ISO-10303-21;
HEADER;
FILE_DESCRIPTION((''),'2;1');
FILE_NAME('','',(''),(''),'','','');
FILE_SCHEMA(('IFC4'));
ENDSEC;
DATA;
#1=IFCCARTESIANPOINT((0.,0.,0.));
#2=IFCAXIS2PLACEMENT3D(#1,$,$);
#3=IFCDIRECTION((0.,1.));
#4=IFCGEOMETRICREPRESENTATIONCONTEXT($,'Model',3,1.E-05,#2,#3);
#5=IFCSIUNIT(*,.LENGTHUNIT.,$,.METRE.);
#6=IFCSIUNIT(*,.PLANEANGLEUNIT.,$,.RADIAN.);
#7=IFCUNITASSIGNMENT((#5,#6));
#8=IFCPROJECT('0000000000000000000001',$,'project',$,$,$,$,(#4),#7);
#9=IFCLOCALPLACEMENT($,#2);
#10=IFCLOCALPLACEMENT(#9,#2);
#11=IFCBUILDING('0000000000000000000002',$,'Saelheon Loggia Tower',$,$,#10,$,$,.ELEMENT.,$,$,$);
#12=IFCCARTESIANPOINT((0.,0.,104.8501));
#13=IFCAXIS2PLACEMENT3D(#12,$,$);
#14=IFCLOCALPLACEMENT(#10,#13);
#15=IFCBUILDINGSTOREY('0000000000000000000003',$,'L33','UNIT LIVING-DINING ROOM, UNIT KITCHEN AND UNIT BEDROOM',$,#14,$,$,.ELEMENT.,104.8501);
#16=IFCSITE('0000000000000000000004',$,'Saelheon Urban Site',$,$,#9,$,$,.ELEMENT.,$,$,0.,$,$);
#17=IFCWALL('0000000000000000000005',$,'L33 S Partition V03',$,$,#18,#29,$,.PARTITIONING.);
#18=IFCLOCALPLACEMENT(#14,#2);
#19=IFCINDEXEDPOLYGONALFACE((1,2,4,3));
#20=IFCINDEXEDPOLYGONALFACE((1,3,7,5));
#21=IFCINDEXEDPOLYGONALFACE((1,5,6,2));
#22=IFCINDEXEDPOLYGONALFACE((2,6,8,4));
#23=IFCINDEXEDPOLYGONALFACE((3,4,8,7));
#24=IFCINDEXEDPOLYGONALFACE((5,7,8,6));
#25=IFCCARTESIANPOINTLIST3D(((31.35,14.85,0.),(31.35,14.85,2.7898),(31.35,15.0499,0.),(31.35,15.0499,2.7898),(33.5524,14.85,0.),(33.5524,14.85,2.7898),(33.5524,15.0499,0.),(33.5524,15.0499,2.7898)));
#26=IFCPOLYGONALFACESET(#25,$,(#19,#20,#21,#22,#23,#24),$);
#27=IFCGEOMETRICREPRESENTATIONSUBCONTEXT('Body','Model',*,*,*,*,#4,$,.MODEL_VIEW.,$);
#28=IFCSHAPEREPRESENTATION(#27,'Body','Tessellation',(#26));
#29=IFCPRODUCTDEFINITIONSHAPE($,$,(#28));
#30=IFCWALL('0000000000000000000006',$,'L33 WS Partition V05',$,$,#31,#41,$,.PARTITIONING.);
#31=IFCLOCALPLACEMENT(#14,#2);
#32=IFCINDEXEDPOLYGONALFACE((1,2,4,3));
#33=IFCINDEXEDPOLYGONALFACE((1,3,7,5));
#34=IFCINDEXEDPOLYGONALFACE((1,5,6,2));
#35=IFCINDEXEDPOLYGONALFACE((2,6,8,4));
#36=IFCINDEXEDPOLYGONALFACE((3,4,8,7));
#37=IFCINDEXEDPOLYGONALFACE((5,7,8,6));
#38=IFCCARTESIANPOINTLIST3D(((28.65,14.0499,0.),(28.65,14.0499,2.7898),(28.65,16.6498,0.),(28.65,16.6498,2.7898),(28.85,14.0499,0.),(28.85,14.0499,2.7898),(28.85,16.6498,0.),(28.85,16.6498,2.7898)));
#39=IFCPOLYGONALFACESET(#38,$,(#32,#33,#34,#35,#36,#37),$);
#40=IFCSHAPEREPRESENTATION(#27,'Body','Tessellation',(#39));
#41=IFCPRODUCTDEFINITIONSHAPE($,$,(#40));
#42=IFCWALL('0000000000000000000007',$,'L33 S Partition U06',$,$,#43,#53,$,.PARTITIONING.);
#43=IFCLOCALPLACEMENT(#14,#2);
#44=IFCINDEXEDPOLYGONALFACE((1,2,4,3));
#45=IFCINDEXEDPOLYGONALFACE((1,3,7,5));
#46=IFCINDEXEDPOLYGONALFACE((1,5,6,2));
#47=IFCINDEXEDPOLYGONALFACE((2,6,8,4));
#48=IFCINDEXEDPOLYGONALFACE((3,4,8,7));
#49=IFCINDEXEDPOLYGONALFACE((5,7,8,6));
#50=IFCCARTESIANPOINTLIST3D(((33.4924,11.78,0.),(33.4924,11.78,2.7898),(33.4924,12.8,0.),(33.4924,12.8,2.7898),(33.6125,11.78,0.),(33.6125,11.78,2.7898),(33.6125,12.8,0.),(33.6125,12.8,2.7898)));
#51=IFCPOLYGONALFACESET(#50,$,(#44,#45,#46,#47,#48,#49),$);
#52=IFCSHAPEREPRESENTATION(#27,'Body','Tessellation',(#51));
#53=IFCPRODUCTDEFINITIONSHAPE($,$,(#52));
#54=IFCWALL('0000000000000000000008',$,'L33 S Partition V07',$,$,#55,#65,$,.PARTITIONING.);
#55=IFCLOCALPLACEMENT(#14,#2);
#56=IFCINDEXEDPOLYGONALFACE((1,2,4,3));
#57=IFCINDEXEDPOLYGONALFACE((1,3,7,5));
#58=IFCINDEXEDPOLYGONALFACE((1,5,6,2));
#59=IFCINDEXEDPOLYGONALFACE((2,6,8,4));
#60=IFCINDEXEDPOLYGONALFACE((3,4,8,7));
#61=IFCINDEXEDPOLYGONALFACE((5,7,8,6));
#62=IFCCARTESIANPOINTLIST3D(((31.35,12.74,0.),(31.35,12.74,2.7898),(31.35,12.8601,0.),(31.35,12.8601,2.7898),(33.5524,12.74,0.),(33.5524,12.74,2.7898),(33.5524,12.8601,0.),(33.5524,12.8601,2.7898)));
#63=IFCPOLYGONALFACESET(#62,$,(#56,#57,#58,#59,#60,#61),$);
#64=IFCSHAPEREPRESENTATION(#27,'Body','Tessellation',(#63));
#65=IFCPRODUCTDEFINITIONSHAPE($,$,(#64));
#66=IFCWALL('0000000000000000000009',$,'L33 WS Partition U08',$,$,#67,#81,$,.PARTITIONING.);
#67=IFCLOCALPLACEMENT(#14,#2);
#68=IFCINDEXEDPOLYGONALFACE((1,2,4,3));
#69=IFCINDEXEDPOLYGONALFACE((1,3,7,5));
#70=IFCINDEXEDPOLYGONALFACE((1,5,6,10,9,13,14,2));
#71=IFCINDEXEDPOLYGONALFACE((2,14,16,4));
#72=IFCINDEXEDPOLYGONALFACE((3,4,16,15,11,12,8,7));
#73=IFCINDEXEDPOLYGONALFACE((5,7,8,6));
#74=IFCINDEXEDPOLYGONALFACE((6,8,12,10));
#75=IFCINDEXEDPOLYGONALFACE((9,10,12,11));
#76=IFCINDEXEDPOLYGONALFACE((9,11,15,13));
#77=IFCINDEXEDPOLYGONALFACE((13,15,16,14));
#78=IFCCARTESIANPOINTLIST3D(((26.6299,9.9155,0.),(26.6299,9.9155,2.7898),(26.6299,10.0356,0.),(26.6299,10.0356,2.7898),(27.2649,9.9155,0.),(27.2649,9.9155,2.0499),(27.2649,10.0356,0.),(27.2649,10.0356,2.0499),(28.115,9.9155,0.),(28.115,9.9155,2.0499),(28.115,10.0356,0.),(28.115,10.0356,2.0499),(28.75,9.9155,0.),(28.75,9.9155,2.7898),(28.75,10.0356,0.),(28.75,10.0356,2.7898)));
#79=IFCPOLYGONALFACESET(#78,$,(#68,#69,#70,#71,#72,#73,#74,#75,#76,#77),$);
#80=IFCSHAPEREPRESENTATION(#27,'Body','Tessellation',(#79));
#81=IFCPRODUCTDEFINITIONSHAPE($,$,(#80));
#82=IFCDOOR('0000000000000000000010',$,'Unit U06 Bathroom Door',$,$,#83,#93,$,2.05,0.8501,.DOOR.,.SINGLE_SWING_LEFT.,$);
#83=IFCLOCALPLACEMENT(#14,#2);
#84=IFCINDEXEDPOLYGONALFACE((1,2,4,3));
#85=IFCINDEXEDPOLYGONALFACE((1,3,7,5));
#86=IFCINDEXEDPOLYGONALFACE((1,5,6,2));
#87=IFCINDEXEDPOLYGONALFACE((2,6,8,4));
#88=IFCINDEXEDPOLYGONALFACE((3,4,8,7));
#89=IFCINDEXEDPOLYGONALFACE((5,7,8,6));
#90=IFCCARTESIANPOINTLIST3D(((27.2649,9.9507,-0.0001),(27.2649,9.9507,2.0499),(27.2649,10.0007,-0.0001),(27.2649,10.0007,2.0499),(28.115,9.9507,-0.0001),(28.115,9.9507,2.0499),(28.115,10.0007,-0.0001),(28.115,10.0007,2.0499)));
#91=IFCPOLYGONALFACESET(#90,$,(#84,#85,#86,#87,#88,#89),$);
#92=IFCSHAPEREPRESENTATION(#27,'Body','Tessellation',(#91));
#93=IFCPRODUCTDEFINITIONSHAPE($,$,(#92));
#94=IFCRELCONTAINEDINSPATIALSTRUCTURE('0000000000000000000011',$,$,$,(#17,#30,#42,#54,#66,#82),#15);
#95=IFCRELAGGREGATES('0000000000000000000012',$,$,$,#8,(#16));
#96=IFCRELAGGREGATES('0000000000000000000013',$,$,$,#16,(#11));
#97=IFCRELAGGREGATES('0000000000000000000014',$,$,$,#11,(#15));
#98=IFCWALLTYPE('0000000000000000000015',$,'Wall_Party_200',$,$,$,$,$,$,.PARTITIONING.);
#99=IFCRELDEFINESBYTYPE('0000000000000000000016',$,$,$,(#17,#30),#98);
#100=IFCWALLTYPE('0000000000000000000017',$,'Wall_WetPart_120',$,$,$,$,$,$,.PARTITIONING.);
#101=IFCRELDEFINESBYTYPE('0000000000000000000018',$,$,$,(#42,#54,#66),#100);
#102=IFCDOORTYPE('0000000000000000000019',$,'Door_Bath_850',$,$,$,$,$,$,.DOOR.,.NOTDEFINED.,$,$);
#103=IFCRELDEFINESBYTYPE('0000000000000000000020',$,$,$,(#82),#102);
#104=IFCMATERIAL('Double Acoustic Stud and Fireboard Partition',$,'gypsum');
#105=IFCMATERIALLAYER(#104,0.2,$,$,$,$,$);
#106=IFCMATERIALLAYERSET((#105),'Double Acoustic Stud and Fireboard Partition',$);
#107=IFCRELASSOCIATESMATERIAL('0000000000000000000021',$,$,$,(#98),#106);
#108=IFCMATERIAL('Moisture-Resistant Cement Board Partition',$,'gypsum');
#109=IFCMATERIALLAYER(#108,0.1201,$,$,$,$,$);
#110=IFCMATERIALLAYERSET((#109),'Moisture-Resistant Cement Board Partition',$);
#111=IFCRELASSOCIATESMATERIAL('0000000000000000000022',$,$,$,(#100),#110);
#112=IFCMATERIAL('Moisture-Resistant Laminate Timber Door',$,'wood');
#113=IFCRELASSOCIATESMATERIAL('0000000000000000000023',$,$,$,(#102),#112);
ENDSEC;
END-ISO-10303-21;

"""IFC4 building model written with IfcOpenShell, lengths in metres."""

from ifc_helpers import new_model, si_unit, direction, frame, frame_2d, origin, place, context, subcontext, project, spatial, rectangle, extrude, source, transform, mapped, material, layer, layer_set, type_object, element, fill, save


model = new_model("IFC4")

# Units and contexts
model_context = context("Model", 3, precision=1e-05, world=origin(), true_north=direction((0.0, 1.0)))
body_context = subcontext(model_context, "Body", "Model", "MODEL_VIEW")
ifc_project = project(units=[si_unit("LENGTHUNIT", "METRE"), si_unit("PLANEANGLEUNIT", "RADIAN")], contexts=[model_context])

# Site, building, storey
site_placement = place(None, origin())
site = spatial("IfcSite", under=ifc_project, at=site_placement, Name="Saelheon Urban Site", CompositionType="ELEMENT", RefElevation=0.0)
building_placement = place(site_placement, origin())
building = spatial("IfcBuilding", under=site, at=building_placement, Name="Saelheon Loggia Tower", CompositionType="ELEMENT")
storey_placement = place(building_placement, frame((0.0, 0.0, 104.8501)))
storey = spatial("IfcBuildingStorey", under=building, at=storey_placement, Name="L33", Description="UNIT LIVING-DINING ROOM, UNIT KITCHEN AND UNIT BEDROOM", CompositionType="ELEMENT", Elevation=104.8501)

# Wall
ifc_material_1 = material(Name="Double Acoustic Stud and Fireboard Partition", Category="gypsum")
ifc_layer_1 = layer(ifc_material_1, 0.2)
ifc_layer_set_1 = layer_set([ifc_layer_1], Name="Double Acoustic Stud and Fireboard Partition")
wall_type_1 = type_object("IfcWallType", Name="Wall_Party_200", PredefinedType="PARTITIONING", material=ifc_layer_set_1)
wall_1_placement = place(storey_placement, frame((31.3501, 14.95, 0.0), z_axis=(0.0, 0.0, 1.0), x_axis=(1.0, 0.0, 0.0)))
element("IfcWall", 1, at=wall_1_placement, inside=storey, type_object=wall_type_1, Name="L33 S Partition V03", PredefinedType="PARTITIONING", context=body_context, shape_type="SweptSolid", body=[
    extrude(rectangle(XDim=2.2024, YDim=0.2, at=frame_2d((1.1011, 0.0))), origin(), (0.0, 0.0, 1.0), 2.7898),
])

# Walls
wall_2_placement = place(storey_placement, frame((28.75, 14.05, 0.0), z_axis=(0.0, 0.0, 1.0), x_axis=(0.0, 1.0, 0.0)))
element("IfcWall", 2, at=wall_2_placement, inside=storey, type_object=wall_type_1, Name="L33 WS Partition V05", PredefinedType="PARTITIONING", context=body_context, shape_type="SweptSolid", body=[
    extrude(rectangle(XDim=2.5999, YDim=0.2, at=frame_2d((1.2998, 0.0))), origin(), (0.0, 0.0, 1.0), 2.7898),
])
ifc_material_2 = material(Name="Moisture-Resistant Cement Board Partition", Category="gypsum")
ifc_layer_2 = layer(ifc_material_2, 0.1201)
ifc_layer_set_2 = layer_set([ifc_layer_2], Name="Moisture-Resistant Cement Board Partition")
wall_type_2 = type_object("IfcWallType", Name="Wall_WetPart_120", PredefinedType="PARTITIONING", material=ifc_layer_set_2)
wall_3_placement = place(storey_placement, frame((33.5525, 12.8, 0.0), z_axis=(0.0, 0.0, 1.0), x_axis=(0.0, -1.0, 0.0)))
element("IfcWall", 3, at=wall_3_placement, inside=storey, type_object=wall_type_2, Name="L33 S Partition U06", PredefinedType="PARTITIONING", context=body_context, shape_type="SweptSolid", body=[
    extrude(rectangle(XDim=1.02, YDim=0.1201, at=frame_2d((0.51, 0.0))), origin(), (0.0, 0.0, 1.0), 2.7898),
])
wall_4_placement = place(storey_placement, frame((31.3501, 12.8, 0.0), z_axis=(0.0, 0.0, 1.0), x_axis=(1.0, 0.0, 0.0)))
element("IfcWall", 4, at=wall_4_placement, inside=storey, type_object=wall_type_2, Name="L33 S Partition V07", PredefinedType="PARTITIONING", context=body_context, shape_type="SweptSolid", body=[
    extrude(rectangle(XDim=2.2024, YDim=0.1201, at=frame_2d((1.1011, 0.0))), origin(), (0.0, 0.0, 1.0), 2.7898),
])

# Wall, opening, door
wall_5_placement = place(storey_placement, frame((28.75, 9.9756, 0.0), z_axis=(0.0, 0.0, 1.0), x_axis=(-1.0, 0.0, 0.0)))
wall_5 = element("IfcWall", 5, at=wall_5_placement, inside=storey, type_object=wall_type_2, Name="L33 WS Partition U08", PredefinedType="PARTITIONING", context=body_context, shape_type="SweptSolid", body=[
    extrude(rectangle(XDim=2.1201, YDim=0.1201, at=frame_2d((1.0601, 0.0))), origin(), (0.0, 0.0, 1.0), 2.7898),
])
opening_1_placement = place(wall_5_placement, frame((0.635, 0.0, 0.0)))
opening_1 = element("IfcOpeningElement", 6, at=opening_1_placement, cuts=wall_5, PredefinedType="OPENING", context=body_context, shape_type="SweptSolid", body=[
    extrude(rectangle(XDim=0.8501, YDim=2.05, at=frame_2d((0.425, 1.0249))), frame((0.0, 0.072, 0.0), z_axis=(0.0, -1.0, 0.0), x_axis=(1.0, 0.0, 0.0)), (0.0, 0.0, 1.0), 0.144),
])
ifc_material_3 = material(Name="Moisture-Resistant Laminate Timber Door", Category="wood")
door_type_1 = type_object("IfcDoorType", Name="Door_Bath_850", OperationType="NOTDEFINED", PredefinedType="DOOR", material=ifc_material_3)
shared_shape_1 = source(origin(), body_context, "Body", "SweptSolid", [
    extrude(rectangle(XDim=0.8501, YDim=2.05, at=frame_2d((0.425, 1.0249))), frame((0.0, 0.0249, 0.0), z_axis=(0.0, -1.0, 0.0), x_axis=(1.0, 0.0, 0.0)), (0.0, 0.0, 1.0), 0.05),
])
door_1_placement = place(opening_1_placement, origin())
door_1 = element("IfcDoor", 7, at=door_1_placement, inside=storey, type_object=door_type_1, Name="Unit U06 Bathroom Door", OperationType="SINGLE_SWING_LEFT", OverallHeight=2.05, OverallWidth=0.8501, PredefinedType="DOOR", context=body_context, shape_type="MappedRepresentation", body=[
    mapped(shared_shape_1, transform((0.0, 0.0, 0.0), scale=1.0)),
])
fill(opening_1, door_1)

save(model, "model.ifc")
